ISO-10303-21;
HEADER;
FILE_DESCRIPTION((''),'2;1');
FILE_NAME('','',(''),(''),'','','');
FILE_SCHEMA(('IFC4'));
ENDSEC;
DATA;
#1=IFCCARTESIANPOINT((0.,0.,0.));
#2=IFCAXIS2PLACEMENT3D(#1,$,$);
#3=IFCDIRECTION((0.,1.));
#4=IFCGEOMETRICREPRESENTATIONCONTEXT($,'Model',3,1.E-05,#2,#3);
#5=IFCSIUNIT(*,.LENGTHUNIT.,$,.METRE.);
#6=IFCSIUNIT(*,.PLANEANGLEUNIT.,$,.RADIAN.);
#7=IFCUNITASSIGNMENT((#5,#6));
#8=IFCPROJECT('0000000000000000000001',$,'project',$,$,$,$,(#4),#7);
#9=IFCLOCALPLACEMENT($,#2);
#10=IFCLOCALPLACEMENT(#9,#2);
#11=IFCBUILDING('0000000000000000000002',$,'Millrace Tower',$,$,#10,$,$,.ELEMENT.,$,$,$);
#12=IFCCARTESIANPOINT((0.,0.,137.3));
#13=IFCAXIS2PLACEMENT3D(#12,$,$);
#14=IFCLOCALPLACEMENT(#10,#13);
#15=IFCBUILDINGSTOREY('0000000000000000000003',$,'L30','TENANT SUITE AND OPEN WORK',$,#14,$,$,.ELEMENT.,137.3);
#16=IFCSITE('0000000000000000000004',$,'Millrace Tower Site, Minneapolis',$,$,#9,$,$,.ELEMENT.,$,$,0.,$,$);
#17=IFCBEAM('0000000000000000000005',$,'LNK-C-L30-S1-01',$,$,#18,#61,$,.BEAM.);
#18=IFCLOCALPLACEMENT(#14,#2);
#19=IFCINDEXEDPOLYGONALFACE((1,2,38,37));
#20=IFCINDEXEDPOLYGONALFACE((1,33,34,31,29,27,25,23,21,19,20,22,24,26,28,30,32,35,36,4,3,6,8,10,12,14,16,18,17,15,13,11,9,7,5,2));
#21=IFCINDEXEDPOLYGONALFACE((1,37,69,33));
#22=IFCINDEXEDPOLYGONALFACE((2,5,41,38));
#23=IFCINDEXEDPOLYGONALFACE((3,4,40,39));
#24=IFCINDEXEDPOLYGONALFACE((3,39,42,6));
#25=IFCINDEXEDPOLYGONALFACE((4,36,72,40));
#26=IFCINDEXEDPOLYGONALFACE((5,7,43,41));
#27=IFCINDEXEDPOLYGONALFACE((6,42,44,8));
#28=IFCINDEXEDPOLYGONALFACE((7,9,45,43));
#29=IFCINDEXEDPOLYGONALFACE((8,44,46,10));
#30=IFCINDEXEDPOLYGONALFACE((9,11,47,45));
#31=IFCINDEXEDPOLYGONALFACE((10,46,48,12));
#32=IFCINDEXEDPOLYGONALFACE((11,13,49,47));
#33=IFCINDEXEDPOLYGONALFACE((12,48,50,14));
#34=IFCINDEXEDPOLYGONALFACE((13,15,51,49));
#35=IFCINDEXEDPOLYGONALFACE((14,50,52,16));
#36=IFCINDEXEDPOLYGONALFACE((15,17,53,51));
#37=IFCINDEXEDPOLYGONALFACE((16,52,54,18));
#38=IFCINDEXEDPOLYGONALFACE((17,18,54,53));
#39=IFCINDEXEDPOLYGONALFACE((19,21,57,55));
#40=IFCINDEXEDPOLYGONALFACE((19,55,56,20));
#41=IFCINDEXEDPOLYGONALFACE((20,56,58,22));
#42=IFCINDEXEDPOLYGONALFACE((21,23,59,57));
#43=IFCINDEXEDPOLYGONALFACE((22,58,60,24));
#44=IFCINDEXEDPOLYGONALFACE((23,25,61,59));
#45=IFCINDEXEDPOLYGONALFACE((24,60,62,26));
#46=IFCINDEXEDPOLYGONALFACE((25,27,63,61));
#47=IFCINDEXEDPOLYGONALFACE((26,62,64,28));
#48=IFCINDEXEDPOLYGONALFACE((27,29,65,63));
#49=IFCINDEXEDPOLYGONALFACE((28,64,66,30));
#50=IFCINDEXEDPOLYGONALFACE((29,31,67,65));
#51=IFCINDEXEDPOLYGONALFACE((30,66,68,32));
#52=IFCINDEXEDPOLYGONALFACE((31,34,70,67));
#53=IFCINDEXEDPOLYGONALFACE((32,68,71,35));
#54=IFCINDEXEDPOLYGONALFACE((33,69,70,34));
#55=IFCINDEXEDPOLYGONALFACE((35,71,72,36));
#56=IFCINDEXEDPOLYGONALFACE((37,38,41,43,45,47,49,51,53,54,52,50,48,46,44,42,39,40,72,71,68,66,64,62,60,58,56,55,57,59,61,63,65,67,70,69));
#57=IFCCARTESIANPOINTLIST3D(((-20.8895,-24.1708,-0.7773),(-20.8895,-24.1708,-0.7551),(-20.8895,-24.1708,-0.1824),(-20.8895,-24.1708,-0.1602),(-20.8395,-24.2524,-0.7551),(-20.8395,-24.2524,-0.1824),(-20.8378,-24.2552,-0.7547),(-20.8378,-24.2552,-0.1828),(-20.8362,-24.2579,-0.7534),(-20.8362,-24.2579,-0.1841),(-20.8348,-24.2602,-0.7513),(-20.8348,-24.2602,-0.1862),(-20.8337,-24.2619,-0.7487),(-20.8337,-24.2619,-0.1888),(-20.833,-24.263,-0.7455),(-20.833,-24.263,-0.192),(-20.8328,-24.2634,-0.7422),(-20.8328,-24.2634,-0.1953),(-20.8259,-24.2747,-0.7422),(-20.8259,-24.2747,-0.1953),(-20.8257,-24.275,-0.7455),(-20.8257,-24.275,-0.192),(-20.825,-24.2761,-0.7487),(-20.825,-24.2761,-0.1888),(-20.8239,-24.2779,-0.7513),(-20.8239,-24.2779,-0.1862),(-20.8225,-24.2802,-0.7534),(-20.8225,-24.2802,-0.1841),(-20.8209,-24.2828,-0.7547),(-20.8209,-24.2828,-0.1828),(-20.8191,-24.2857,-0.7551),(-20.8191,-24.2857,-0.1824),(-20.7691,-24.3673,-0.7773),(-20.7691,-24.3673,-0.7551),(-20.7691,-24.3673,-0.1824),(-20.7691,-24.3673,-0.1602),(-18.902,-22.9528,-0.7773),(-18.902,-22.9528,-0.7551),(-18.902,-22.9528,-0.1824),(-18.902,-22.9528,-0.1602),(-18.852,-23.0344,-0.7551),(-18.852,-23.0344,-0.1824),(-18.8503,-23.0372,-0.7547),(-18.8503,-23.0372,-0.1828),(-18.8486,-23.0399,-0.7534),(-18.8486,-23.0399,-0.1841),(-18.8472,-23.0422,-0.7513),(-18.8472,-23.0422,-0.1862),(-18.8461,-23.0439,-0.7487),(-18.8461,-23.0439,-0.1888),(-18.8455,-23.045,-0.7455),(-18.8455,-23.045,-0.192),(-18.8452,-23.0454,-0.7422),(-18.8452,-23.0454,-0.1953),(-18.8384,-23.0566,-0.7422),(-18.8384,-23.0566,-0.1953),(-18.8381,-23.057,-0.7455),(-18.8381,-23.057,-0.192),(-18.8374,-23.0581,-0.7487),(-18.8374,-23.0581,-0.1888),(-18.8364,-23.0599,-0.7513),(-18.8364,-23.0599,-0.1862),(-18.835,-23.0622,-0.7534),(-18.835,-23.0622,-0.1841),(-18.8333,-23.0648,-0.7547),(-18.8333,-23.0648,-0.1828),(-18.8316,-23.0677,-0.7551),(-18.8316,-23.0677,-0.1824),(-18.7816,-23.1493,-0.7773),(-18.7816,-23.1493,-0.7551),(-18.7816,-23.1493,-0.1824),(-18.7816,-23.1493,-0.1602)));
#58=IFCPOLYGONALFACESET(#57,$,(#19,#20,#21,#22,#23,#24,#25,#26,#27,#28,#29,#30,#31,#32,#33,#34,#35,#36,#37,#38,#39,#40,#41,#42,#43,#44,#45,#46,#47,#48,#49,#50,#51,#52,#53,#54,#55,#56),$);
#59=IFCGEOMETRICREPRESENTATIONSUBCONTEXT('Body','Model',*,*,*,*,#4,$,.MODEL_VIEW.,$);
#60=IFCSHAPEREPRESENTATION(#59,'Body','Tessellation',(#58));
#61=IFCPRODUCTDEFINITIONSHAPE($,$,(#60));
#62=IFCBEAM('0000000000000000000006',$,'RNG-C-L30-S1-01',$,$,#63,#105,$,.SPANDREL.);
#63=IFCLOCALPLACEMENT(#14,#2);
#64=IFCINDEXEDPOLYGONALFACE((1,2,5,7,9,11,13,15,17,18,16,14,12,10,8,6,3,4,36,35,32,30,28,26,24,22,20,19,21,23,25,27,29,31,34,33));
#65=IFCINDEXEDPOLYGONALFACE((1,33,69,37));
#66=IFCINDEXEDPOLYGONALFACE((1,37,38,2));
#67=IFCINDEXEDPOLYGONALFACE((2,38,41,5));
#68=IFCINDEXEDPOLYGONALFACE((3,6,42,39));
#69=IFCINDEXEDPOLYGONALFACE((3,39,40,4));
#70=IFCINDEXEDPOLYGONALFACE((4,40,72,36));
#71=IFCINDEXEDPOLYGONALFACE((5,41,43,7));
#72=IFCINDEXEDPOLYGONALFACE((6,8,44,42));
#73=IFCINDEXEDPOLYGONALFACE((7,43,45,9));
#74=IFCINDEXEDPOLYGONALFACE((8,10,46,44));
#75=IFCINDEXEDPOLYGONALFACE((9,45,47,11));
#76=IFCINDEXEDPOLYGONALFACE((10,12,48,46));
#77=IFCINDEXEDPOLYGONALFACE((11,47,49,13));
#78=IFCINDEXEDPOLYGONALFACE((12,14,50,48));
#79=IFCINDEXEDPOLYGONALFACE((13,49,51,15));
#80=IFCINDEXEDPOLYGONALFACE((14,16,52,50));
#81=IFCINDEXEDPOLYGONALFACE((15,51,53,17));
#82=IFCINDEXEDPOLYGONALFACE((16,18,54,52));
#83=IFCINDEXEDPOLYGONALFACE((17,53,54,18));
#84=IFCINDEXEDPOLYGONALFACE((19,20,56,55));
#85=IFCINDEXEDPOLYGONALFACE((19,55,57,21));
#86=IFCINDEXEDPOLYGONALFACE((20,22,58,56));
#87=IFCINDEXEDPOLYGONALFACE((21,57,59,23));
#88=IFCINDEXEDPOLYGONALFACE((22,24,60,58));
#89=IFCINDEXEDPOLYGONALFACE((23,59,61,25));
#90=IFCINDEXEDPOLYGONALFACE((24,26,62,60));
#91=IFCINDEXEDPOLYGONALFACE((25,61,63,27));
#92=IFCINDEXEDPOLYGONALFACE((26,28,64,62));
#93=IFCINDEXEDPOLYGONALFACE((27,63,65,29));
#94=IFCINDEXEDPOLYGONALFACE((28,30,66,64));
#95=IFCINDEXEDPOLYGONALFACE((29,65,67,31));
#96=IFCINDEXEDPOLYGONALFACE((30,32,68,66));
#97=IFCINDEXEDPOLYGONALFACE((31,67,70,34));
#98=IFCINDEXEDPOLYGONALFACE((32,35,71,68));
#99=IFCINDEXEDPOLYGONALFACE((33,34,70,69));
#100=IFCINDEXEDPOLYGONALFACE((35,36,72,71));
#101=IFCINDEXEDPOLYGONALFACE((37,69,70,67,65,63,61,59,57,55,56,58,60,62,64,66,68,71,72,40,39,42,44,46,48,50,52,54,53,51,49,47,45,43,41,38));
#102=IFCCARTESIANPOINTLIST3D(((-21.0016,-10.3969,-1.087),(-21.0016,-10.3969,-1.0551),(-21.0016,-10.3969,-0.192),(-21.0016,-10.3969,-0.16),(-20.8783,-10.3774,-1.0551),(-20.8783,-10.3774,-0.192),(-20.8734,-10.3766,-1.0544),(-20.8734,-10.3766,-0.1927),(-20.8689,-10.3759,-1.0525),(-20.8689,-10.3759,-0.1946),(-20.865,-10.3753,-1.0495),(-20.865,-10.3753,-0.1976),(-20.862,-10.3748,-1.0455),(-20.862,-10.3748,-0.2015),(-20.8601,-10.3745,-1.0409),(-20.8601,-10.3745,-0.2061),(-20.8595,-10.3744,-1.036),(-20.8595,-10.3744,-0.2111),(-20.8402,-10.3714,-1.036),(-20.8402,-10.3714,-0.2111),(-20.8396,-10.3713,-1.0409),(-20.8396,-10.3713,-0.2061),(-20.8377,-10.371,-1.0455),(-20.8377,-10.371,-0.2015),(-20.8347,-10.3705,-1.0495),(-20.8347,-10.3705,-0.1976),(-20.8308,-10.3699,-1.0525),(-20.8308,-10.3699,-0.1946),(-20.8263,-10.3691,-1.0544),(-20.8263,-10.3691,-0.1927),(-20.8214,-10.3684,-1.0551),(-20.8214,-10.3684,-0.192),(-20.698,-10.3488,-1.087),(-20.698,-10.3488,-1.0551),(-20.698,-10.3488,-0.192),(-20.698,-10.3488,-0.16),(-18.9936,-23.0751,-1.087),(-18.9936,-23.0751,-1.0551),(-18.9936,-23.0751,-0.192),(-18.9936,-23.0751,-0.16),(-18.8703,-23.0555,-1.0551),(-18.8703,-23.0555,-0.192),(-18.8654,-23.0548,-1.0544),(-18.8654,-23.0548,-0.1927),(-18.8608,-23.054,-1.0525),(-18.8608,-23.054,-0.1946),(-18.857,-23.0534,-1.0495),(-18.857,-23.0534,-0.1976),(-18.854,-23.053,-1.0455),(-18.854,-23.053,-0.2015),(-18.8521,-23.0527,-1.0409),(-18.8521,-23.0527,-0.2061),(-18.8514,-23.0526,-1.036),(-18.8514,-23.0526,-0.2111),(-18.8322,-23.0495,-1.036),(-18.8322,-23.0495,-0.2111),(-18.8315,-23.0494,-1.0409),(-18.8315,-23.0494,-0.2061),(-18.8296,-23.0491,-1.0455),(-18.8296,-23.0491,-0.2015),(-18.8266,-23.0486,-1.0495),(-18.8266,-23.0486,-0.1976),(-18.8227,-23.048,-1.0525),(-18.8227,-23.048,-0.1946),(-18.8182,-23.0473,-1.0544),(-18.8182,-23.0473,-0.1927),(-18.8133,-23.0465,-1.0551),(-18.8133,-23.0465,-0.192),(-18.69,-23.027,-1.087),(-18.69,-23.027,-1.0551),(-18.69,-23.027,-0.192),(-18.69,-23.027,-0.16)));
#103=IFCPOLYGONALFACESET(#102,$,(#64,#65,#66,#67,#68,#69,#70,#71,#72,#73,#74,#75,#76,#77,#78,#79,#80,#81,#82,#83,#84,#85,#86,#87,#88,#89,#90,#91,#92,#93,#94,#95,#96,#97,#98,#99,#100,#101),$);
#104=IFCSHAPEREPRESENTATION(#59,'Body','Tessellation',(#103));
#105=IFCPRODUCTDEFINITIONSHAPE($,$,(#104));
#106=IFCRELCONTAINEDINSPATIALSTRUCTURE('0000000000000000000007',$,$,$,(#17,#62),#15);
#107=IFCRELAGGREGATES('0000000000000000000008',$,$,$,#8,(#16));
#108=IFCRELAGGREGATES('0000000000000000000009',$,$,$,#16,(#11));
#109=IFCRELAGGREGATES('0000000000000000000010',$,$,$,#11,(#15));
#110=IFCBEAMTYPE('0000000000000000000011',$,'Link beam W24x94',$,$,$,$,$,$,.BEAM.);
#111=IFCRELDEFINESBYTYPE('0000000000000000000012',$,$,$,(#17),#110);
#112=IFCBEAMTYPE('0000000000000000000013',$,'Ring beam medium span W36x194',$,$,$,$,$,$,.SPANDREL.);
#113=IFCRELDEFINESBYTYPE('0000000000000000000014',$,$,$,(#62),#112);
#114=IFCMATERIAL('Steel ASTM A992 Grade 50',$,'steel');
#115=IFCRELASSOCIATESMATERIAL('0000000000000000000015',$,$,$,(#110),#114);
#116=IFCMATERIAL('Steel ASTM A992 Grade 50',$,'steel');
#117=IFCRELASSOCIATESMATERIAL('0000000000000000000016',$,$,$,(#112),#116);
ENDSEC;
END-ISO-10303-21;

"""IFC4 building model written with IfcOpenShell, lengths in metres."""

from ifc_helpers import new_model, si_unit, direction, frame, origin, origin_2d, place, context, subcontext, project, spatial, i_section, extrude, material, material_profile, profile_set, type_object, element, save


model = new_model("IFC4")

# Units and contexts
model_context = context("Model", 3, precision=1e-05, world=origin(), true_north=direction((0.0, 1.0)))
body_context = subcontext(model_context, "Body", "Model", "MODEL_VIEW")
ifc_project = project(units=[si_unit("LENGTHUNIT", "METRE"), si_unit("PLANEANGLEUNIT", "RADIAN")], contexts=[model_context])

# Site, building, storey
site_placement = place(None, origin())
site = spatial("IfcSite", under=ifc_project, at=site_placement, Name="Millrace Tower Site, Minneapolis", CompositionType="ELEMENT", RefElevation=0.0)
building_placement = place(site_placement, origin())
building = spatial("IfcBuilding", under=site, at=building_placement, Name="Millrace Tower", CompositionType="ELEMENT")
storey_placement = place(building_placement, frame((0.0, 0.0, 137.3)))
storey = spatial("IfcBuildingStorey", under=building, at=storey_placement, Name="L30", Description="TENANT SUITE AND OPEN WORK", CompositionType="ELEMENT", Elevation=137.3)

# Beams
ifc_material_1 = material(Name="Steel ASTM A992 Grade 50", Category="steel")
ifc_material_profile_1 = material_profile(ifc_material_1, i_section(OverallWidth=0.2305, OverallDepth=0.6172, WebThickness=0.0132, FlangeThickness=0.0222, FilletRadius=0.0129, at=origin_2d()))
ifc_profile_set_1 = profile_set([ifc_material_profile_1], Name="Steel ASTM A992 Grade 50")
beam_type_1 = type_object("IfcBeamType", Name="Link beam W24x94", PredefinedType="BEAM", material=ifc_profile_set_1)
beam_1_placement = place(storey_placement, frame((-18.8418, -23.051, -0.4688), z_axis=(-0.852631, -0.522513, 0.0), x_axis=(0.522513, -0.852631, 0.0)))
element("IfcBeam", 1, at=beam_1_placement, inside=storey, type_object=beam_type_1, Name="LNK-C-L30-S1-01", PredefinedType="BEAM", context=body_context, shape_type="SweptSolid", body=[
    extrude(i_section(OverallWidth=0.2305, OverallDepth=0.6172, WebThickness=0.0132, FlangeThickness=0.0222, FilletRadius=0.0129, at=origin_2d()), origin(), (0.0, 0.0, 1.0), 2.3311),
])
ifc_material_2 = material(Name="Steel ASTM A992 Grade 50", Category="steel")
ifc_material_profile_2 = material_profile(ifc_material_2, i_section(OverallWidth=0.3074, OverallDepth=0.927, WebThickness=0.0195, FlangeThickness=0.032, FilletRadius=0.019, at=origin_2d()))
ifc_profile_set_2 = profile_set([ifc_material_profile_2], Name="Steel ASTM A992 Grade 50")
beam_type_2 = type_object("IfcBeamType", Name="Ring beam medium span W36x194", PredefinedType="SPANDREL", material=ifc_profile_set_2)
beam_2_placement = place(storey_placement, frame((-18.8418, -23.051, -0.6235), z_axis=(-0.156436, 0.987688, 0.0), x_axis=(-0.987688, -0.156436, 0.0)))
element("IfcBeam", 2, at=beam_2_placement, inside=storey, type_object=beam_type_2, Name="RNG-C-L30-S1-01", PredefinedType="SPANDREL", context=body_context, shape_type="SweptSolid", body=[
    extrude(i_section(OverallWidth=0.3074, OverallDepth=0.927, WebThickness=0.0195, FlangeThickness=0.032, FilletRadius=0.019, at=origin_2d()), origin(), (0.0, 0.0, 1.0), 12.8362),
])

save(model, "model.ifc")
